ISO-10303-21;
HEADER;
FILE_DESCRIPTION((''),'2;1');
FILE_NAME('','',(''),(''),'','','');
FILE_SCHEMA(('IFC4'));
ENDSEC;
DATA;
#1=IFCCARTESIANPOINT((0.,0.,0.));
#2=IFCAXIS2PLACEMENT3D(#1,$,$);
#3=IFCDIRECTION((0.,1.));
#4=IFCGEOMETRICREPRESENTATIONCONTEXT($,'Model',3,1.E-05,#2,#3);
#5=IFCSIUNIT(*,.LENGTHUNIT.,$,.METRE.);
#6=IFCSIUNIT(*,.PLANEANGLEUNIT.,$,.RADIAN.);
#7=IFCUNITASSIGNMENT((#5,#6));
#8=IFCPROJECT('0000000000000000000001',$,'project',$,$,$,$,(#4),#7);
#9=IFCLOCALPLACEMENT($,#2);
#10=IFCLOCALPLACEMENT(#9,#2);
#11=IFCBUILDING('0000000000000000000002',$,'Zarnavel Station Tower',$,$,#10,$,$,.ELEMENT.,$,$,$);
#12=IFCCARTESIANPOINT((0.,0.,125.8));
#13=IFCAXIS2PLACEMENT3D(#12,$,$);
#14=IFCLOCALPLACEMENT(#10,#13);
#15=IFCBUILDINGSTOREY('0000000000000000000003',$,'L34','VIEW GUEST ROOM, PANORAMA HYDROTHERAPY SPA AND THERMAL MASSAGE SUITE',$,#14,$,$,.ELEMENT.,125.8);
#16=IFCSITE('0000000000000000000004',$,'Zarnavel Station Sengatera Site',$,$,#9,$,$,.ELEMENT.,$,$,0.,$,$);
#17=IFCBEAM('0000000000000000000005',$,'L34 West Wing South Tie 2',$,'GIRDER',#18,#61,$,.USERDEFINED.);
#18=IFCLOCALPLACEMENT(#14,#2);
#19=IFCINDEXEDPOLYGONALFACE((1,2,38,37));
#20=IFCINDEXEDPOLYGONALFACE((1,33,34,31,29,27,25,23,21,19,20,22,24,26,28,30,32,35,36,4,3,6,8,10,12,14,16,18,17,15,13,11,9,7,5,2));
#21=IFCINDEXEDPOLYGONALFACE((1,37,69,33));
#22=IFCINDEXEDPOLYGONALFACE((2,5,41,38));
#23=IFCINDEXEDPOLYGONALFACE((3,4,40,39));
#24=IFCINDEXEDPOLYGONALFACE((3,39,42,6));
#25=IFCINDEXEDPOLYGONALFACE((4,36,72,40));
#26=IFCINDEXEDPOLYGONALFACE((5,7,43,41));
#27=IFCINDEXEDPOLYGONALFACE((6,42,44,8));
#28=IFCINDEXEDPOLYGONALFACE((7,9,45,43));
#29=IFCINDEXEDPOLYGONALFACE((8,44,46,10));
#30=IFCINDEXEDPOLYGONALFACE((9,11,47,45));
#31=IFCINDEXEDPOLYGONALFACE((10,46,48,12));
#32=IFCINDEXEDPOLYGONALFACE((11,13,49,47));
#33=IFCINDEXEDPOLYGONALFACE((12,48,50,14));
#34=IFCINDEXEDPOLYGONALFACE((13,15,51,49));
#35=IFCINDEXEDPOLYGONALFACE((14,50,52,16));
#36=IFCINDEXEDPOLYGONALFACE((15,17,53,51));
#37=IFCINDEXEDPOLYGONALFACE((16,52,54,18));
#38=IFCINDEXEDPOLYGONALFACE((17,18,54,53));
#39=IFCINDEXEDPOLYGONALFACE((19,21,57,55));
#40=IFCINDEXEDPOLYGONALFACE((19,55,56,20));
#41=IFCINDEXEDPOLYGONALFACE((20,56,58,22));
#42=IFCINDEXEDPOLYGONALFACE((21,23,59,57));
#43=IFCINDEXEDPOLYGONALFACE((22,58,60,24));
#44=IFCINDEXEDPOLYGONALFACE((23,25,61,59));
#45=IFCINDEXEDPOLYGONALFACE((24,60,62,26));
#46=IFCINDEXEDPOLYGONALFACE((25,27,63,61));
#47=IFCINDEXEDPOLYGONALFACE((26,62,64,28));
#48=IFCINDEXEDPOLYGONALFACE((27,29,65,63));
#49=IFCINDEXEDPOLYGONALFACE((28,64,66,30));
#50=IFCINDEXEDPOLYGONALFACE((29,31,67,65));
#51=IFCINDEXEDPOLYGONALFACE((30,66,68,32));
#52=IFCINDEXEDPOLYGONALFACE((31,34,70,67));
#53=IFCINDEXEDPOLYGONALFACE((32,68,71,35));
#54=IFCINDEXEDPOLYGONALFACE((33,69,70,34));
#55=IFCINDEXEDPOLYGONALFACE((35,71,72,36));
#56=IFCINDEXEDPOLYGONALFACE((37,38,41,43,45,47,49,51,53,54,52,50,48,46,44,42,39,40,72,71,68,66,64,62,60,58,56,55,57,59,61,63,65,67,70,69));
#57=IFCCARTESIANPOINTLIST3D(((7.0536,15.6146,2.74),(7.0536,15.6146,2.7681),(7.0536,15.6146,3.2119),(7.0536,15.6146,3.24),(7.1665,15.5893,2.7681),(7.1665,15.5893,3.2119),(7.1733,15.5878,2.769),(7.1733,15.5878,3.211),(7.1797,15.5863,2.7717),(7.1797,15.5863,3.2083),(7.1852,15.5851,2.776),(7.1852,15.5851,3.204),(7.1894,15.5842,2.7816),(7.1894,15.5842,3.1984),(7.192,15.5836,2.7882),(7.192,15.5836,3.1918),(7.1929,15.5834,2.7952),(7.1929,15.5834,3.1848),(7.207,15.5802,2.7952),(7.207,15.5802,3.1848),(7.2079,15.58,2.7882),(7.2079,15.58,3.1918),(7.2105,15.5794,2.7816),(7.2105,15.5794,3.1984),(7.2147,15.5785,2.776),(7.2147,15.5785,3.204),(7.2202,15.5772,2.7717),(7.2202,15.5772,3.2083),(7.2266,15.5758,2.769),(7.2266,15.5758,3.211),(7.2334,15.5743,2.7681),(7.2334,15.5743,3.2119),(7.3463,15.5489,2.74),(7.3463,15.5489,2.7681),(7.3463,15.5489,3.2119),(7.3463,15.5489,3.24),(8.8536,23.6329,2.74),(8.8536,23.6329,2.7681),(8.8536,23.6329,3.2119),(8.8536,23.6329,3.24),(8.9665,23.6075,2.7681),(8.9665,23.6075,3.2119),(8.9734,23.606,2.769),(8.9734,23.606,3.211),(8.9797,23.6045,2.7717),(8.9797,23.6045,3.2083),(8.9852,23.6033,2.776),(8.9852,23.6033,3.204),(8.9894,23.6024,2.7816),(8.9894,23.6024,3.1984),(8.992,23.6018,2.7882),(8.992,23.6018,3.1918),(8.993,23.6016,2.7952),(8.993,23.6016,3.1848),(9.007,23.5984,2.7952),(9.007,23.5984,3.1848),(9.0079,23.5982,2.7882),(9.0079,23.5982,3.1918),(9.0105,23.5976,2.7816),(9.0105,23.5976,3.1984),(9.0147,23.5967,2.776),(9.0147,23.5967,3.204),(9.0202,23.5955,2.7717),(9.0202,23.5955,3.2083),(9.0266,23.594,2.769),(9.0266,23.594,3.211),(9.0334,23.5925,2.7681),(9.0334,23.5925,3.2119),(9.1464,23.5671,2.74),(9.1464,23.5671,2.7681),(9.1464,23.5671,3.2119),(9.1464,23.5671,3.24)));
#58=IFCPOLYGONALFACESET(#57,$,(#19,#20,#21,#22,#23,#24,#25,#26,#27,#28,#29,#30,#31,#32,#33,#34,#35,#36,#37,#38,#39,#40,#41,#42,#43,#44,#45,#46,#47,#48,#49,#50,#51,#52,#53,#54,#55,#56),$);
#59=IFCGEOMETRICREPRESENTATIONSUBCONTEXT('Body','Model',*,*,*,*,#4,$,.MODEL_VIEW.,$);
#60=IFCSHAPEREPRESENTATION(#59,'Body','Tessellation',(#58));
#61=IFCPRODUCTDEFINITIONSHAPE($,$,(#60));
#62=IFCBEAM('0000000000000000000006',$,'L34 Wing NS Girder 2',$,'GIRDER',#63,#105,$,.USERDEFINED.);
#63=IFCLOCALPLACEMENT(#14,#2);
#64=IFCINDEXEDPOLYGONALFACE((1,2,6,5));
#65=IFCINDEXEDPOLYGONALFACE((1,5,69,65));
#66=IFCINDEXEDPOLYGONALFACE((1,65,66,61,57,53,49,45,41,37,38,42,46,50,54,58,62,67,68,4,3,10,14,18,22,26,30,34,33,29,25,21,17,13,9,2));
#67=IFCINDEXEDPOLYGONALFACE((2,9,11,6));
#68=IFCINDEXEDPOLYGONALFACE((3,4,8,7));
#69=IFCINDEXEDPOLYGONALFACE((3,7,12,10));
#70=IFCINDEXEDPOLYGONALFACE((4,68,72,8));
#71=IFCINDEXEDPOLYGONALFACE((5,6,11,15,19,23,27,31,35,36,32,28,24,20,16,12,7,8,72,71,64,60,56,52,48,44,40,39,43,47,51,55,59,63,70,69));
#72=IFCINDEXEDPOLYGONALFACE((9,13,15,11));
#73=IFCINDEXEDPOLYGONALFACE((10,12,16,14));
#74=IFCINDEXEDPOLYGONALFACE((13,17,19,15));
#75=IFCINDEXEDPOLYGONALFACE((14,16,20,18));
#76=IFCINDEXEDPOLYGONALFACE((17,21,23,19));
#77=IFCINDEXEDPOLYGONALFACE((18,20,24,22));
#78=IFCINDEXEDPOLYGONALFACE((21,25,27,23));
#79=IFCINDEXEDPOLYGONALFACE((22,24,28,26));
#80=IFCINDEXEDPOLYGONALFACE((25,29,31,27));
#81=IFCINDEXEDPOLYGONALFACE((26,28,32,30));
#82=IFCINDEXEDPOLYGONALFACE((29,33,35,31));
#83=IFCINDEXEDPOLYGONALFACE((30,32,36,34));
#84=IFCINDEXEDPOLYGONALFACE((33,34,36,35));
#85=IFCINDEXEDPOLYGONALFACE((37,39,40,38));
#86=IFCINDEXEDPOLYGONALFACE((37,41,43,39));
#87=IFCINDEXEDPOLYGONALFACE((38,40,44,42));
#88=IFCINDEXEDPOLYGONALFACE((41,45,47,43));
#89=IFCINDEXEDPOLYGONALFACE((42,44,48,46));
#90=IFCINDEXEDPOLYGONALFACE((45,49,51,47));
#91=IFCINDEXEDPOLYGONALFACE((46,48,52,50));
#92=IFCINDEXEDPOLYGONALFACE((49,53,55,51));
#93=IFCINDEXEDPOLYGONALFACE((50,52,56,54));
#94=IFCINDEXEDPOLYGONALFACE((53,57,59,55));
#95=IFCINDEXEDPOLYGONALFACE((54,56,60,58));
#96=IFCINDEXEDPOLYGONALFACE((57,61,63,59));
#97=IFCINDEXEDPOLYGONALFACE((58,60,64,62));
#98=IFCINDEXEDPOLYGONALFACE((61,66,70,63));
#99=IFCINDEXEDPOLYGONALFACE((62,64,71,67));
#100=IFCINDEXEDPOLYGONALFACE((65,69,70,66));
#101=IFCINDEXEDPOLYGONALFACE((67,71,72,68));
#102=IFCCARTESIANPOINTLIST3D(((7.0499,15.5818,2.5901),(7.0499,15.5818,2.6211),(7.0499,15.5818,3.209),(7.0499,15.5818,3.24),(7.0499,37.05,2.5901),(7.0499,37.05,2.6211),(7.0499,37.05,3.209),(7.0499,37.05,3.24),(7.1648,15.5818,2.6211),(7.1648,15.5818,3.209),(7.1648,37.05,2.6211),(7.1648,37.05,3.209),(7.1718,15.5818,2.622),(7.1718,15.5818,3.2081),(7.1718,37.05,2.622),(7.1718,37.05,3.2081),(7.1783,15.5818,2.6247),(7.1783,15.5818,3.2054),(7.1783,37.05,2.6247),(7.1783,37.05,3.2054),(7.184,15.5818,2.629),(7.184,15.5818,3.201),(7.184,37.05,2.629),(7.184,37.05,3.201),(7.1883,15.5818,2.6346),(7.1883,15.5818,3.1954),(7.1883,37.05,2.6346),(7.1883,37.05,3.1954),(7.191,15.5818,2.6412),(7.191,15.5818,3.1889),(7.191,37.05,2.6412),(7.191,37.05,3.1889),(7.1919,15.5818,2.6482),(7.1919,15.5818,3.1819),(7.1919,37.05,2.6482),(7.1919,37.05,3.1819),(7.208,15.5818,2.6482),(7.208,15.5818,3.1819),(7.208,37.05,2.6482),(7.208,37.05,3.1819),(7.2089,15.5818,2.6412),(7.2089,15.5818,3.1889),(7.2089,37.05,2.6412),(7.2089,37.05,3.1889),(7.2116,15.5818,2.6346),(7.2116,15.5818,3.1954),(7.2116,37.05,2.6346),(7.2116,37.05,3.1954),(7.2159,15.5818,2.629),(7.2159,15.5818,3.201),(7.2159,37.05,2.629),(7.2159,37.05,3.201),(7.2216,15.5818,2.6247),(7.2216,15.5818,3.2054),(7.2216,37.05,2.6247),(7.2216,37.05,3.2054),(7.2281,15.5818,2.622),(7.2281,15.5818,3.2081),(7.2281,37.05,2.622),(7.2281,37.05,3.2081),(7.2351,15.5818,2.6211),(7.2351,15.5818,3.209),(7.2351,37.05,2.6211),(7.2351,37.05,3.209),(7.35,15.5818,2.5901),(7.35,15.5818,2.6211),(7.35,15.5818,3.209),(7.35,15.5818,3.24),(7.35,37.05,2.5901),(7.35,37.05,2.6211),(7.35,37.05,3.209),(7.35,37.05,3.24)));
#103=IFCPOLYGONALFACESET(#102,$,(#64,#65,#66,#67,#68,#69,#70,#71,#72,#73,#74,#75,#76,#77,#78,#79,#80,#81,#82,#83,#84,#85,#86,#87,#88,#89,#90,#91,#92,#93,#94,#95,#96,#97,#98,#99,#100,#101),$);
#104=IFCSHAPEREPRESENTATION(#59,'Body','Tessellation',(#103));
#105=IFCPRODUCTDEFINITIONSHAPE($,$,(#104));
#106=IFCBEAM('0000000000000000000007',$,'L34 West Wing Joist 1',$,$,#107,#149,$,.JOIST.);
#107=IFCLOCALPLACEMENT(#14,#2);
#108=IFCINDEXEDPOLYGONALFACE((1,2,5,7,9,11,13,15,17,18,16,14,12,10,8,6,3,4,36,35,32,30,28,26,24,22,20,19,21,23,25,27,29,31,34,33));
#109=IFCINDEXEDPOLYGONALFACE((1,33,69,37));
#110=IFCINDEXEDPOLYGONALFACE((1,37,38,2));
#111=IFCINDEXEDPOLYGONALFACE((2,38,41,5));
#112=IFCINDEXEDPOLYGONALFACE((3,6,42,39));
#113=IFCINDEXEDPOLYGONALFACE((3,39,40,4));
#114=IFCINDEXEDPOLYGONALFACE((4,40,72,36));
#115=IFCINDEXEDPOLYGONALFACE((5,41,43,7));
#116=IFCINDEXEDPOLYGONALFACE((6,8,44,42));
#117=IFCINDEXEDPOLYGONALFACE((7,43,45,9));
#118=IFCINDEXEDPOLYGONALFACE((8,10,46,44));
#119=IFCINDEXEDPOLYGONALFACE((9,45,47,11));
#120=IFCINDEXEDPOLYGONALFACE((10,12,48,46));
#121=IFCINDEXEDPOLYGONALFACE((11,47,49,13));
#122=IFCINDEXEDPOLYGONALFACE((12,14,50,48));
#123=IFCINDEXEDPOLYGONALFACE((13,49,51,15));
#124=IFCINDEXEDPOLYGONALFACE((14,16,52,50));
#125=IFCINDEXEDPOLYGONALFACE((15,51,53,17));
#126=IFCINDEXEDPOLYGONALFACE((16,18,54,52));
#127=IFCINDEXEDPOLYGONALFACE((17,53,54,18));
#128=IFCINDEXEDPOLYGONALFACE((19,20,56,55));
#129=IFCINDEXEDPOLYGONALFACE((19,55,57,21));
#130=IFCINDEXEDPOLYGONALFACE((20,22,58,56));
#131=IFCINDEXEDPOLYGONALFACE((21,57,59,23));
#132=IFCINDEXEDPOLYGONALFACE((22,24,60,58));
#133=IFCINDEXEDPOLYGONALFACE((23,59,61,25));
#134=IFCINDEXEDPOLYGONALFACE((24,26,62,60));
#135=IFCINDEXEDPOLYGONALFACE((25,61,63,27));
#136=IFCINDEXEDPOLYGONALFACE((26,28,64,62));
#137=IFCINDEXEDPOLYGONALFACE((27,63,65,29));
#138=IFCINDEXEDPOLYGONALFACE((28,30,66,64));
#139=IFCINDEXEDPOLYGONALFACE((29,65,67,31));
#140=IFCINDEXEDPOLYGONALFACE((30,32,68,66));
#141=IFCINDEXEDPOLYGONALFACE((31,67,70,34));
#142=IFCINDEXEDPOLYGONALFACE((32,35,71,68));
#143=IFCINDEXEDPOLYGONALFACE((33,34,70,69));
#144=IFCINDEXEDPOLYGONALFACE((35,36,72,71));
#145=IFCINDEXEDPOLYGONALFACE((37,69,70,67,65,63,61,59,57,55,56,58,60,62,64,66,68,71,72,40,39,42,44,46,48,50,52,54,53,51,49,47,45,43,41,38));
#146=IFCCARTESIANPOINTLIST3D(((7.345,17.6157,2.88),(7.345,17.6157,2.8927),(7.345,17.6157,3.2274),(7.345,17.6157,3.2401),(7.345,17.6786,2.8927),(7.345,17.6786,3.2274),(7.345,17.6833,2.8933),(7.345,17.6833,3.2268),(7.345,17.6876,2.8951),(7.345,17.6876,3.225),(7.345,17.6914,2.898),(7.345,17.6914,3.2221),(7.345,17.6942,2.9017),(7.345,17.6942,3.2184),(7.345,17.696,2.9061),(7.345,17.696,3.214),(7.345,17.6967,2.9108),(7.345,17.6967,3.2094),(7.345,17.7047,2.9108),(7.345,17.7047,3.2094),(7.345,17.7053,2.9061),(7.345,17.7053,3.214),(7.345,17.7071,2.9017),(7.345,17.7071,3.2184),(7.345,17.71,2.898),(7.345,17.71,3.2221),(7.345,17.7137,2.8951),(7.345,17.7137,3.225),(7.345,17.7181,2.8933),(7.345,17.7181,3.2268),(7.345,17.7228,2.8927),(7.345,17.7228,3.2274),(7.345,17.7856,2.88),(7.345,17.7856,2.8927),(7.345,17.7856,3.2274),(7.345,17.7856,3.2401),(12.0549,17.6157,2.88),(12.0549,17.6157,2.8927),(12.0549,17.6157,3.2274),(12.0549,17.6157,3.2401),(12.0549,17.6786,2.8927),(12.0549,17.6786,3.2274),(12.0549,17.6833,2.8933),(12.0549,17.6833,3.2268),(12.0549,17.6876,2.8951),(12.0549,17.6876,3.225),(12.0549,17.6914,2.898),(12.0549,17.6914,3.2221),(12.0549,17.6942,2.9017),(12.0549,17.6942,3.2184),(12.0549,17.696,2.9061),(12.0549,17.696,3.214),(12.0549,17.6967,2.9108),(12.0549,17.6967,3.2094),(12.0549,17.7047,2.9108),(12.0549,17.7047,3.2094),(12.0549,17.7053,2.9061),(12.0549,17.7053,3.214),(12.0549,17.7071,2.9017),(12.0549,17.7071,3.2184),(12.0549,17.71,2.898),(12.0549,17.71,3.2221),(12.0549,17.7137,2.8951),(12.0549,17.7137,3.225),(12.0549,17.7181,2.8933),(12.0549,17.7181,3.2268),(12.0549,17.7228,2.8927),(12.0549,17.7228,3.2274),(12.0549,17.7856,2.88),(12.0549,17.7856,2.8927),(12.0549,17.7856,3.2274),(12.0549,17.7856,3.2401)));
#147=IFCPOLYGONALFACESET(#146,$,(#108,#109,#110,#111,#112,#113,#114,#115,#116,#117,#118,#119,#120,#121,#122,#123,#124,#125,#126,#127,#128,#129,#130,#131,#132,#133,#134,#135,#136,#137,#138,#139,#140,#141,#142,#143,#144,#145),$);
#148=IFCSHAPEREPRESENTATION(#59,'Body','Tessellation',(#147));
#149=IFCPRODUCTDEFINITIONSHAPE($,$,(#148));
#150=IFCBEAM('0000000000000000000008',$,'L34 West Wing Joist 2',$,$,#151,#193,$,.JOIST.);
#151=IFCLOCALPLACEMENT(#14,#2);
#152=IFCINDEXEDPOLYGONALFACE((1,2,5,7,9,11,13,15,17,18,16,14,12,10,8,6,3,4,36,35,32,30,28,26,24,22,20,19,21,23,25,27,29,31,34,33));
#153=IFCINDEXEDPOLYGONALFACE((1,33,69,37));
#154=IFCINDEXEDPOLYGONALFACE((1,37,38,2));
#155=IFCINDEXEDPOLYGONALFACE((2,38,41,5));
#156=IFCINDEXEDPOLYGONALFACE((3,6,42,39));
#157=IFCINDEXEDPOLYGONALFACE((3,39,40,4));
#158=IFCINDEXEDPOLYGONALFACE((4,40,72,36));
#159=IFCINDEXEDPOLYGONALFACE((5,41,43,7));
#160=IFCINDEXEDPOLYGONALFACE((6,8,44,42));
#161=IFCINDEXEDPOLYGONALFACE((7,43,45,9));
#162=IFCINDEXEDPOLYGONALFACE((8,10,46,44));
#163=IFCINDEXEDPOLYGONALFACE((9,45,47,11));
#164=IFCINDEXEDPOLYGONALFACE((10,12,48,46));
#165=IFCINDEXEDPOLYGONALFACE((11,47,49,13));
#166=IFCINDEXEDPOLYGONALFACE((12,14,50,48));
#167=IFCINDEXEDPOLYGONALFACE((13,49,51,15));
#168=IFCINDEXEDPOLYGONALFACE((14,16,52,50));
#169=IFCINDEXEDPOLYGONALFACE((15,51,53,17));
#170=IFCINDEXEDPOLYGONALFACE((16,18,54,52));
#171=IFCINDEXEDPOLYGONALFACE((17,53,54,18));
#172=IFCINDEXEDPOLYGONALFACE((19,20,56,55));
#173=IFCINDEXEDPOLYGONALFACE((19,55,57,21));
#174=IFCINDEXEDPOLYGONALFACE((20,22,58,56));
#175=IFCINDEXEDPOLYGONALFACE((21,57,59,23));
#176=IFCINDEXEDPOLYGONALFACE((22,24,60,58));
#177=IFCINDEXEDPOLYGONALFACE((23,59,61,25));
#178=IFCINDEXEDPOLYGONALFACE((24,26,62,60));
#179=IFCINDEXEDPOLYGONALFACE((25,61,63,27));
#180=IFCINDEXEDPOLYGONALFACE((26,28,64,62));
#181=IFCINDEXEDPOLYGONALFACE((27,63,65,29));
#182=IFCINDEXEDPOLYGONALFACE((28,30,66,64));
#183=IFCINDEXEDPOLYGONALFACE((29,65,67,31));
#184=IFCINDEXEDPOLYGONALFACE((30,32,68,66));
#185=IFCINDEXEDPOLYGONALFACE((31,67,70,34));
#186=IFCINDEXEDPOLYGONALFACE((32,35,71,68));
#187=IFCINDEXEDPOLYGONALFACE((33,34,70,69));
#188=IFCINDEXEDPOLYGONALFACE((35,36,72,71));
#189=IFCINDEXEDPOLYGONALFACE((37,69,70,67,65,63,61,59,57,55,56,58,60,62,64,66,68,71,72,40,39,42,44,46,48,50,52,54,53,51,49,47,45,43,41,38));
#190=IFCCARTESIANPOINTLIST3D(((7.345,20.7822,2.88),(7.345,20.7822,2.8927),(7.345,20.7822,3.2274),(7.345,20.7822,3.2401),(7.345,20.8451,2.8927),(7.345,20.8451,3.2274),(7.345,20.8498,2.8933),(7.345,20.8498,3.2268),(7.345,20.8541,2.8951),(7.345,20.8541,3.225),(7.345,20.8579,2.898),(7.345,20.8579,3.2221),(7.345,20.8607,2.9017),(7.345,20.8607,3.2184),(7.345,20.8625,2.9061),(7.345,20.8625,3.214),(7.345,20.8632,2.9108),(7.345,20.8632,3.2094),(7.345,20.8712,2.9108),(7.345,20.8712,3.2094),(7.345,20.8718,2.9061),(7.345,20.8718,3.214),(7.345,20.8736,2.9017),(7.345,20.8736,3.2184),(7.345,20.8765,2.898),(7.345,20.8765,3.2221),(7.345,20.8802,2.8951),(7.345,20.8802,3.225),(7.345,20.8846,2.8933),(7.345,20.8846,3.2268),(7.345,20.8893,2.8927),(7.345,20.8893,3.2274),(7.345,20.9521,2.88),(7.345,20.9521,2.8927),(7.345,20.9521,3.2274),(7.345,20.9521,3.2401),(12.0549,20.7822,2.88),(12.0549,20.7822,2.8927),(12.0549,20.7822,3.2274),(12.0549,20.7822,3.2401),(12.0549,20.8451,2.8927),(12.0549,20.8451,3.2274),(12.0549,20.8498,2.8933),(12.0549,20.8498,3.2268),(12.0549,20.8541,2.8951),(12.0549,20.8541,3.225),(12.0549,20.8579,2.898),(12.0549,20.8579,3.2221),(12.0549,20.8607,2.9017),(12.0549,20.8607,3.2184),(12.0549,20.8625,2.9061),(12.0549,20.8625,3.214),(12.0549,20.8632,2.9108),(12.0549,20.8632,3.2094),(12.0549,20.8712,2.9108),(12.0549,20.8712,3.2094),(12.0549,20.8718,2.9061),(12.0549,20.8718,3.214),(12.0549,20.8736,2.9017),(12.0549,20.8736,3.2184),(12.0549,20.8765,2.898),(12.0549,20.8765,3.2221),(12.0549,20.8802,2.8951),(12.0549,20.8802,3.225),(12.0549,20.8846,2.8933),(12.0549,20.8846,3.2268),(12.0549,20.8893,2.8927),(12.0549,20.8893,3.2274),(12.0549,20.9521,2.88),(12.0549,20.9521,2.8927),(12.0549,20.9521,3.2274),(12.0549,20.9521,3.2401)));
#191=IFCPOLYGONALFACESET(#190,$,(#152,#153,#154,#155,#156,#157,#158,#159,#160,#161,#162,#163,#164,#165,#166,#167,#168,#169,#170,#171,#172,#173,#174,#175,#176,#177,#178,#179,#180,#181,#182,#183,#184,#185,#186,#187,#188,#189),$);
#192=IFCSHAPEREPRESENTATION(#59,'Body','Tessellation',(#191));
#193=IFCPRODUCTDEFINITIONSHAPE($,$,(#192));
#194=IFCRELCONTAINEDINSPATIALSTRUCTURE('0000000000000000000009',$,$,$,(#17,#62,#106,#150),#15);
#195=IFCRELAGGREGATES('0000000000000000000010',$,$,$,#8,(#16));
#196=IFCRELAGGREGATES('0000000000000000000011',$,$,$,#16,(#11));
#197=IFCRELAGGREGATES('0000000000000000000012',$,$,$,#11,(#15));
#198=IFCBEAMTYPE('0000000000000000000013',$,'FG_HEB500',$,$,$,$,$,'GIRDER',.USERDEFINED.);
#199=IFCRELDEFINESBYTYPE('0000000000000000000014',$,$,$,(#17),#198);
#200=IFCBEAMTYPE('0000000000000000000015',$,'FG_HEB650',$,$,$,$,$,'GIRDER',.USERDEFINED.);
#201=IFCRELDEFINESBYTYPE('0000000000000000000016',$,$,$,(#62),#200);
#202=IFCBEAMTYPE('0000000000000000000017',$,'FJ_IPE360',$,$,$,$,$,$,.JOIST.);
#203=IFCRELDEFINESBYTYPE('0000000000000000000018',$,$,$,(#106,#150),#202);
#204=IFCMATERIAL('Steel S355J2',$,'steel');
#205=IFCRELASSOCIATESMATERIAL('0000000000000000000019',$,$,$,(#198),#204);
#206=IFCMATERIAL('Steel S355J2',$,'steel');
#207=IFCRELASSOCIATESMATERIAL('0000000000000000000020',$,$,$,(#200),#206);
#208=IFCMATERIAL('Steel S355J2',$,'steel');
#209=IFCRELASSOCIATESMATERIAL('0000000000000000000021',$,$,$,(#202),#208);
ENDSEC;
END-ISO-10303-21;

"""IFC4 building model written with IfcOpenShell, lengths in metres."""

from ifc_helpers import new_model, si_unit, direction, frame, origin, origin_2d, place, context, subcontext, project, spatial, i_section, extrude, material, material_profile, profile_set, type_object, element, save


model = new_model("IFC4")

# Units and contexts
model_context = context("Model", 3, precision=1e-05, world=origin(), true_north=direction((0.0, 1.0)))
body_context = subcontext(model_context, "Body", "Model", "MODEL_VIEW")
ifc_project = project(units=[si_unit("LENGTHUNIT", "METRE"), si_unit("PLANEANGLEUNIT", "RADIAN")], contexts=[model_context])

# Site, building, storey
site_placement = place(None, origin())
site = spatial("IfcSite", under=ifc_project, at=site_placement, Name="Zarnavel Station Sengatera Site", CompositionType="ELEMENT", RefElevation=0.0)
building_placement = place(site_placement, origin())
building = spatial("IfcBuilding", under=site, at=building_placement, Name="Zarnavel Station Tower", CompositionType="ELEMENT")
storey_placement = place(building_placement, frame((0.0, 0.0, 125.8)))
storey = spatial("IfcBuildingStorey", under=building, at=storey_placement, Name="L34", Description="VIEW GUEST ROOM, PANORAMA HYDROTHERAPY SPA AND THERMAL MASSAGE SUITE", CompositionType="ELEMENT", Elevation=125.8)

# Beams
ifc_material_1 = material(Name="Steel S355J2", Category="steel")
ifc_material_profile_1 = material_profile(ifc_material_1, i_section(OverallWidth=0.3, OverallDepth=0.5, WebThickness=0.0144, FlangeThickness=0.0281, FilletRadius=0.0271, at=origin_2d()), Name="HEB500")
ifc_profile_set_1 = profile_set([ifc_material_profile_1], Name="Steel S355J2")
beam_type_1 = type_object("IfcBeamType", Name="FG_HEB500", ElementType="GIRDER", PredefinedType="USERDEFINED", material=ifc_profile_set_1)
beam_1_placement = place(storey_placement, frame((7.2, 15.5818, 2.99), z_axis=(0.219041, 0.975716, 0.0), x_axis=(-0.975716, 0.219041, 0.0)))
element("IfcBeam", 1, at=beam_1_placement, inside=storey, type_object=beam_type_1, Name="L34 West Wing South Tie 2", ObjectType="GIRDER", PredefinedType="USERDEFINED", context=body_context, shape_type="SweptSolid", body=[
    extrude(i_section(OverallWidth=0.3, OverallDepth=0.5, WebThickness=0.0144, FlangeThickness=0.0281, FilletRadius=0.0271, at=origin_2d()), origin(), (0.0, 0.0, 1.0), 8.2178),
])
ifc_material_2 = material(Name="Steel S355J2", Category="steel")
ifc_material_profile_2 = material_profile(ifc_material_2, i_section(OverallWidth=0.3, OverallDepth=0.6499, WebThickness=0.0161, FlangeThickness=0.031, FilletRadius=0.0271, at=origin_2d()), Name="HEB650")
ifc_profile_set_2 = profile_set([ifc_material_profile_2], Name="Steel S355J2")
beam_type_2 = type_object("IfcBeamType", Name="FG_HEB650", ElementType="GIRDER", PredefinedType="USERDEFINED", material=ifc_profile_set_2)
beam_2_placement = place(storey_placement, frame((7.2, 15.5818, 2.915), z_axis=(0.0, 1.0, 0.0), x_axis=(-1.0, 0.0, 0.0)))
element("IfcBeam", 2, at=beam_2_placement, inside=storey, type_object=beam_type_2, Name="L34 Wing NS Girder 2", ObjectType="GIRDER", PredefinedType="USERDEFINED", context=body_context, shape_type="SweptSolid", body=[
    extrude(i_section(OverallWidth=0.3, OverallDepth=0.6499, WebThickness=0.0161, FlangeThickness=0.031, FilletRadius=0.0271, at=origin_2d()), origin(), (0.0, 0.0, 1.0), 21.4683),
])
ifc_material_3 = material(Name="Steel S355J2", Category="steel")
ifc_material_profile_3 = material_profile(ifc_material_3, i_section(OverallWidth=0.1699, OverallDepth=0.3601, WebThickness=0.0081, FlangeThickness=0.0127, FilletRadius=0.0181, at=origin_2d()), Name="IPE360")
ifc_profile_set_3 = profile_set([ifc_material_profile_3], Name="Steel S355J2")
beam_type_3 = type_object("IfcBeamType", Name="FJ_IPE360", PredefinedType="JOIST", material=ifc_profile_set_3)
for number, where, z_axis, x_axis, name in (
    (3, (7.345, 17.7007, 3.0601), (1.0, 0.0, 0.0), (0.0, 1.0, 0.0), "L34 West Wing Joist 1"),
    (4, (7.345, 20.8672, 3.0601), (1.0, 0.0, 0.0), (0.0, 1.0, 0.0), "L34 West Wing Joist 2"),
):
    element("IfcBeam", number, at=place(storey_placement, frame(where, z_axis=z_axis, x_axis=x_axis)), inside=storey, type_object=beam_type_3, Name=name, PredefinedType="JOIST", context=body_context, shape_type="SweptSolid", body=[
        extrude(i_section(OverallWidth=0.1699, OverallDepth=0.3601, WebThickness=0.0081, FlangeThickness=0.0127, FilletRadius=0.0181, at=origin_2d()), origin(), (0.0, 0.0, 1.0), 4.71),
    ])

save(model, "model.ifc")
